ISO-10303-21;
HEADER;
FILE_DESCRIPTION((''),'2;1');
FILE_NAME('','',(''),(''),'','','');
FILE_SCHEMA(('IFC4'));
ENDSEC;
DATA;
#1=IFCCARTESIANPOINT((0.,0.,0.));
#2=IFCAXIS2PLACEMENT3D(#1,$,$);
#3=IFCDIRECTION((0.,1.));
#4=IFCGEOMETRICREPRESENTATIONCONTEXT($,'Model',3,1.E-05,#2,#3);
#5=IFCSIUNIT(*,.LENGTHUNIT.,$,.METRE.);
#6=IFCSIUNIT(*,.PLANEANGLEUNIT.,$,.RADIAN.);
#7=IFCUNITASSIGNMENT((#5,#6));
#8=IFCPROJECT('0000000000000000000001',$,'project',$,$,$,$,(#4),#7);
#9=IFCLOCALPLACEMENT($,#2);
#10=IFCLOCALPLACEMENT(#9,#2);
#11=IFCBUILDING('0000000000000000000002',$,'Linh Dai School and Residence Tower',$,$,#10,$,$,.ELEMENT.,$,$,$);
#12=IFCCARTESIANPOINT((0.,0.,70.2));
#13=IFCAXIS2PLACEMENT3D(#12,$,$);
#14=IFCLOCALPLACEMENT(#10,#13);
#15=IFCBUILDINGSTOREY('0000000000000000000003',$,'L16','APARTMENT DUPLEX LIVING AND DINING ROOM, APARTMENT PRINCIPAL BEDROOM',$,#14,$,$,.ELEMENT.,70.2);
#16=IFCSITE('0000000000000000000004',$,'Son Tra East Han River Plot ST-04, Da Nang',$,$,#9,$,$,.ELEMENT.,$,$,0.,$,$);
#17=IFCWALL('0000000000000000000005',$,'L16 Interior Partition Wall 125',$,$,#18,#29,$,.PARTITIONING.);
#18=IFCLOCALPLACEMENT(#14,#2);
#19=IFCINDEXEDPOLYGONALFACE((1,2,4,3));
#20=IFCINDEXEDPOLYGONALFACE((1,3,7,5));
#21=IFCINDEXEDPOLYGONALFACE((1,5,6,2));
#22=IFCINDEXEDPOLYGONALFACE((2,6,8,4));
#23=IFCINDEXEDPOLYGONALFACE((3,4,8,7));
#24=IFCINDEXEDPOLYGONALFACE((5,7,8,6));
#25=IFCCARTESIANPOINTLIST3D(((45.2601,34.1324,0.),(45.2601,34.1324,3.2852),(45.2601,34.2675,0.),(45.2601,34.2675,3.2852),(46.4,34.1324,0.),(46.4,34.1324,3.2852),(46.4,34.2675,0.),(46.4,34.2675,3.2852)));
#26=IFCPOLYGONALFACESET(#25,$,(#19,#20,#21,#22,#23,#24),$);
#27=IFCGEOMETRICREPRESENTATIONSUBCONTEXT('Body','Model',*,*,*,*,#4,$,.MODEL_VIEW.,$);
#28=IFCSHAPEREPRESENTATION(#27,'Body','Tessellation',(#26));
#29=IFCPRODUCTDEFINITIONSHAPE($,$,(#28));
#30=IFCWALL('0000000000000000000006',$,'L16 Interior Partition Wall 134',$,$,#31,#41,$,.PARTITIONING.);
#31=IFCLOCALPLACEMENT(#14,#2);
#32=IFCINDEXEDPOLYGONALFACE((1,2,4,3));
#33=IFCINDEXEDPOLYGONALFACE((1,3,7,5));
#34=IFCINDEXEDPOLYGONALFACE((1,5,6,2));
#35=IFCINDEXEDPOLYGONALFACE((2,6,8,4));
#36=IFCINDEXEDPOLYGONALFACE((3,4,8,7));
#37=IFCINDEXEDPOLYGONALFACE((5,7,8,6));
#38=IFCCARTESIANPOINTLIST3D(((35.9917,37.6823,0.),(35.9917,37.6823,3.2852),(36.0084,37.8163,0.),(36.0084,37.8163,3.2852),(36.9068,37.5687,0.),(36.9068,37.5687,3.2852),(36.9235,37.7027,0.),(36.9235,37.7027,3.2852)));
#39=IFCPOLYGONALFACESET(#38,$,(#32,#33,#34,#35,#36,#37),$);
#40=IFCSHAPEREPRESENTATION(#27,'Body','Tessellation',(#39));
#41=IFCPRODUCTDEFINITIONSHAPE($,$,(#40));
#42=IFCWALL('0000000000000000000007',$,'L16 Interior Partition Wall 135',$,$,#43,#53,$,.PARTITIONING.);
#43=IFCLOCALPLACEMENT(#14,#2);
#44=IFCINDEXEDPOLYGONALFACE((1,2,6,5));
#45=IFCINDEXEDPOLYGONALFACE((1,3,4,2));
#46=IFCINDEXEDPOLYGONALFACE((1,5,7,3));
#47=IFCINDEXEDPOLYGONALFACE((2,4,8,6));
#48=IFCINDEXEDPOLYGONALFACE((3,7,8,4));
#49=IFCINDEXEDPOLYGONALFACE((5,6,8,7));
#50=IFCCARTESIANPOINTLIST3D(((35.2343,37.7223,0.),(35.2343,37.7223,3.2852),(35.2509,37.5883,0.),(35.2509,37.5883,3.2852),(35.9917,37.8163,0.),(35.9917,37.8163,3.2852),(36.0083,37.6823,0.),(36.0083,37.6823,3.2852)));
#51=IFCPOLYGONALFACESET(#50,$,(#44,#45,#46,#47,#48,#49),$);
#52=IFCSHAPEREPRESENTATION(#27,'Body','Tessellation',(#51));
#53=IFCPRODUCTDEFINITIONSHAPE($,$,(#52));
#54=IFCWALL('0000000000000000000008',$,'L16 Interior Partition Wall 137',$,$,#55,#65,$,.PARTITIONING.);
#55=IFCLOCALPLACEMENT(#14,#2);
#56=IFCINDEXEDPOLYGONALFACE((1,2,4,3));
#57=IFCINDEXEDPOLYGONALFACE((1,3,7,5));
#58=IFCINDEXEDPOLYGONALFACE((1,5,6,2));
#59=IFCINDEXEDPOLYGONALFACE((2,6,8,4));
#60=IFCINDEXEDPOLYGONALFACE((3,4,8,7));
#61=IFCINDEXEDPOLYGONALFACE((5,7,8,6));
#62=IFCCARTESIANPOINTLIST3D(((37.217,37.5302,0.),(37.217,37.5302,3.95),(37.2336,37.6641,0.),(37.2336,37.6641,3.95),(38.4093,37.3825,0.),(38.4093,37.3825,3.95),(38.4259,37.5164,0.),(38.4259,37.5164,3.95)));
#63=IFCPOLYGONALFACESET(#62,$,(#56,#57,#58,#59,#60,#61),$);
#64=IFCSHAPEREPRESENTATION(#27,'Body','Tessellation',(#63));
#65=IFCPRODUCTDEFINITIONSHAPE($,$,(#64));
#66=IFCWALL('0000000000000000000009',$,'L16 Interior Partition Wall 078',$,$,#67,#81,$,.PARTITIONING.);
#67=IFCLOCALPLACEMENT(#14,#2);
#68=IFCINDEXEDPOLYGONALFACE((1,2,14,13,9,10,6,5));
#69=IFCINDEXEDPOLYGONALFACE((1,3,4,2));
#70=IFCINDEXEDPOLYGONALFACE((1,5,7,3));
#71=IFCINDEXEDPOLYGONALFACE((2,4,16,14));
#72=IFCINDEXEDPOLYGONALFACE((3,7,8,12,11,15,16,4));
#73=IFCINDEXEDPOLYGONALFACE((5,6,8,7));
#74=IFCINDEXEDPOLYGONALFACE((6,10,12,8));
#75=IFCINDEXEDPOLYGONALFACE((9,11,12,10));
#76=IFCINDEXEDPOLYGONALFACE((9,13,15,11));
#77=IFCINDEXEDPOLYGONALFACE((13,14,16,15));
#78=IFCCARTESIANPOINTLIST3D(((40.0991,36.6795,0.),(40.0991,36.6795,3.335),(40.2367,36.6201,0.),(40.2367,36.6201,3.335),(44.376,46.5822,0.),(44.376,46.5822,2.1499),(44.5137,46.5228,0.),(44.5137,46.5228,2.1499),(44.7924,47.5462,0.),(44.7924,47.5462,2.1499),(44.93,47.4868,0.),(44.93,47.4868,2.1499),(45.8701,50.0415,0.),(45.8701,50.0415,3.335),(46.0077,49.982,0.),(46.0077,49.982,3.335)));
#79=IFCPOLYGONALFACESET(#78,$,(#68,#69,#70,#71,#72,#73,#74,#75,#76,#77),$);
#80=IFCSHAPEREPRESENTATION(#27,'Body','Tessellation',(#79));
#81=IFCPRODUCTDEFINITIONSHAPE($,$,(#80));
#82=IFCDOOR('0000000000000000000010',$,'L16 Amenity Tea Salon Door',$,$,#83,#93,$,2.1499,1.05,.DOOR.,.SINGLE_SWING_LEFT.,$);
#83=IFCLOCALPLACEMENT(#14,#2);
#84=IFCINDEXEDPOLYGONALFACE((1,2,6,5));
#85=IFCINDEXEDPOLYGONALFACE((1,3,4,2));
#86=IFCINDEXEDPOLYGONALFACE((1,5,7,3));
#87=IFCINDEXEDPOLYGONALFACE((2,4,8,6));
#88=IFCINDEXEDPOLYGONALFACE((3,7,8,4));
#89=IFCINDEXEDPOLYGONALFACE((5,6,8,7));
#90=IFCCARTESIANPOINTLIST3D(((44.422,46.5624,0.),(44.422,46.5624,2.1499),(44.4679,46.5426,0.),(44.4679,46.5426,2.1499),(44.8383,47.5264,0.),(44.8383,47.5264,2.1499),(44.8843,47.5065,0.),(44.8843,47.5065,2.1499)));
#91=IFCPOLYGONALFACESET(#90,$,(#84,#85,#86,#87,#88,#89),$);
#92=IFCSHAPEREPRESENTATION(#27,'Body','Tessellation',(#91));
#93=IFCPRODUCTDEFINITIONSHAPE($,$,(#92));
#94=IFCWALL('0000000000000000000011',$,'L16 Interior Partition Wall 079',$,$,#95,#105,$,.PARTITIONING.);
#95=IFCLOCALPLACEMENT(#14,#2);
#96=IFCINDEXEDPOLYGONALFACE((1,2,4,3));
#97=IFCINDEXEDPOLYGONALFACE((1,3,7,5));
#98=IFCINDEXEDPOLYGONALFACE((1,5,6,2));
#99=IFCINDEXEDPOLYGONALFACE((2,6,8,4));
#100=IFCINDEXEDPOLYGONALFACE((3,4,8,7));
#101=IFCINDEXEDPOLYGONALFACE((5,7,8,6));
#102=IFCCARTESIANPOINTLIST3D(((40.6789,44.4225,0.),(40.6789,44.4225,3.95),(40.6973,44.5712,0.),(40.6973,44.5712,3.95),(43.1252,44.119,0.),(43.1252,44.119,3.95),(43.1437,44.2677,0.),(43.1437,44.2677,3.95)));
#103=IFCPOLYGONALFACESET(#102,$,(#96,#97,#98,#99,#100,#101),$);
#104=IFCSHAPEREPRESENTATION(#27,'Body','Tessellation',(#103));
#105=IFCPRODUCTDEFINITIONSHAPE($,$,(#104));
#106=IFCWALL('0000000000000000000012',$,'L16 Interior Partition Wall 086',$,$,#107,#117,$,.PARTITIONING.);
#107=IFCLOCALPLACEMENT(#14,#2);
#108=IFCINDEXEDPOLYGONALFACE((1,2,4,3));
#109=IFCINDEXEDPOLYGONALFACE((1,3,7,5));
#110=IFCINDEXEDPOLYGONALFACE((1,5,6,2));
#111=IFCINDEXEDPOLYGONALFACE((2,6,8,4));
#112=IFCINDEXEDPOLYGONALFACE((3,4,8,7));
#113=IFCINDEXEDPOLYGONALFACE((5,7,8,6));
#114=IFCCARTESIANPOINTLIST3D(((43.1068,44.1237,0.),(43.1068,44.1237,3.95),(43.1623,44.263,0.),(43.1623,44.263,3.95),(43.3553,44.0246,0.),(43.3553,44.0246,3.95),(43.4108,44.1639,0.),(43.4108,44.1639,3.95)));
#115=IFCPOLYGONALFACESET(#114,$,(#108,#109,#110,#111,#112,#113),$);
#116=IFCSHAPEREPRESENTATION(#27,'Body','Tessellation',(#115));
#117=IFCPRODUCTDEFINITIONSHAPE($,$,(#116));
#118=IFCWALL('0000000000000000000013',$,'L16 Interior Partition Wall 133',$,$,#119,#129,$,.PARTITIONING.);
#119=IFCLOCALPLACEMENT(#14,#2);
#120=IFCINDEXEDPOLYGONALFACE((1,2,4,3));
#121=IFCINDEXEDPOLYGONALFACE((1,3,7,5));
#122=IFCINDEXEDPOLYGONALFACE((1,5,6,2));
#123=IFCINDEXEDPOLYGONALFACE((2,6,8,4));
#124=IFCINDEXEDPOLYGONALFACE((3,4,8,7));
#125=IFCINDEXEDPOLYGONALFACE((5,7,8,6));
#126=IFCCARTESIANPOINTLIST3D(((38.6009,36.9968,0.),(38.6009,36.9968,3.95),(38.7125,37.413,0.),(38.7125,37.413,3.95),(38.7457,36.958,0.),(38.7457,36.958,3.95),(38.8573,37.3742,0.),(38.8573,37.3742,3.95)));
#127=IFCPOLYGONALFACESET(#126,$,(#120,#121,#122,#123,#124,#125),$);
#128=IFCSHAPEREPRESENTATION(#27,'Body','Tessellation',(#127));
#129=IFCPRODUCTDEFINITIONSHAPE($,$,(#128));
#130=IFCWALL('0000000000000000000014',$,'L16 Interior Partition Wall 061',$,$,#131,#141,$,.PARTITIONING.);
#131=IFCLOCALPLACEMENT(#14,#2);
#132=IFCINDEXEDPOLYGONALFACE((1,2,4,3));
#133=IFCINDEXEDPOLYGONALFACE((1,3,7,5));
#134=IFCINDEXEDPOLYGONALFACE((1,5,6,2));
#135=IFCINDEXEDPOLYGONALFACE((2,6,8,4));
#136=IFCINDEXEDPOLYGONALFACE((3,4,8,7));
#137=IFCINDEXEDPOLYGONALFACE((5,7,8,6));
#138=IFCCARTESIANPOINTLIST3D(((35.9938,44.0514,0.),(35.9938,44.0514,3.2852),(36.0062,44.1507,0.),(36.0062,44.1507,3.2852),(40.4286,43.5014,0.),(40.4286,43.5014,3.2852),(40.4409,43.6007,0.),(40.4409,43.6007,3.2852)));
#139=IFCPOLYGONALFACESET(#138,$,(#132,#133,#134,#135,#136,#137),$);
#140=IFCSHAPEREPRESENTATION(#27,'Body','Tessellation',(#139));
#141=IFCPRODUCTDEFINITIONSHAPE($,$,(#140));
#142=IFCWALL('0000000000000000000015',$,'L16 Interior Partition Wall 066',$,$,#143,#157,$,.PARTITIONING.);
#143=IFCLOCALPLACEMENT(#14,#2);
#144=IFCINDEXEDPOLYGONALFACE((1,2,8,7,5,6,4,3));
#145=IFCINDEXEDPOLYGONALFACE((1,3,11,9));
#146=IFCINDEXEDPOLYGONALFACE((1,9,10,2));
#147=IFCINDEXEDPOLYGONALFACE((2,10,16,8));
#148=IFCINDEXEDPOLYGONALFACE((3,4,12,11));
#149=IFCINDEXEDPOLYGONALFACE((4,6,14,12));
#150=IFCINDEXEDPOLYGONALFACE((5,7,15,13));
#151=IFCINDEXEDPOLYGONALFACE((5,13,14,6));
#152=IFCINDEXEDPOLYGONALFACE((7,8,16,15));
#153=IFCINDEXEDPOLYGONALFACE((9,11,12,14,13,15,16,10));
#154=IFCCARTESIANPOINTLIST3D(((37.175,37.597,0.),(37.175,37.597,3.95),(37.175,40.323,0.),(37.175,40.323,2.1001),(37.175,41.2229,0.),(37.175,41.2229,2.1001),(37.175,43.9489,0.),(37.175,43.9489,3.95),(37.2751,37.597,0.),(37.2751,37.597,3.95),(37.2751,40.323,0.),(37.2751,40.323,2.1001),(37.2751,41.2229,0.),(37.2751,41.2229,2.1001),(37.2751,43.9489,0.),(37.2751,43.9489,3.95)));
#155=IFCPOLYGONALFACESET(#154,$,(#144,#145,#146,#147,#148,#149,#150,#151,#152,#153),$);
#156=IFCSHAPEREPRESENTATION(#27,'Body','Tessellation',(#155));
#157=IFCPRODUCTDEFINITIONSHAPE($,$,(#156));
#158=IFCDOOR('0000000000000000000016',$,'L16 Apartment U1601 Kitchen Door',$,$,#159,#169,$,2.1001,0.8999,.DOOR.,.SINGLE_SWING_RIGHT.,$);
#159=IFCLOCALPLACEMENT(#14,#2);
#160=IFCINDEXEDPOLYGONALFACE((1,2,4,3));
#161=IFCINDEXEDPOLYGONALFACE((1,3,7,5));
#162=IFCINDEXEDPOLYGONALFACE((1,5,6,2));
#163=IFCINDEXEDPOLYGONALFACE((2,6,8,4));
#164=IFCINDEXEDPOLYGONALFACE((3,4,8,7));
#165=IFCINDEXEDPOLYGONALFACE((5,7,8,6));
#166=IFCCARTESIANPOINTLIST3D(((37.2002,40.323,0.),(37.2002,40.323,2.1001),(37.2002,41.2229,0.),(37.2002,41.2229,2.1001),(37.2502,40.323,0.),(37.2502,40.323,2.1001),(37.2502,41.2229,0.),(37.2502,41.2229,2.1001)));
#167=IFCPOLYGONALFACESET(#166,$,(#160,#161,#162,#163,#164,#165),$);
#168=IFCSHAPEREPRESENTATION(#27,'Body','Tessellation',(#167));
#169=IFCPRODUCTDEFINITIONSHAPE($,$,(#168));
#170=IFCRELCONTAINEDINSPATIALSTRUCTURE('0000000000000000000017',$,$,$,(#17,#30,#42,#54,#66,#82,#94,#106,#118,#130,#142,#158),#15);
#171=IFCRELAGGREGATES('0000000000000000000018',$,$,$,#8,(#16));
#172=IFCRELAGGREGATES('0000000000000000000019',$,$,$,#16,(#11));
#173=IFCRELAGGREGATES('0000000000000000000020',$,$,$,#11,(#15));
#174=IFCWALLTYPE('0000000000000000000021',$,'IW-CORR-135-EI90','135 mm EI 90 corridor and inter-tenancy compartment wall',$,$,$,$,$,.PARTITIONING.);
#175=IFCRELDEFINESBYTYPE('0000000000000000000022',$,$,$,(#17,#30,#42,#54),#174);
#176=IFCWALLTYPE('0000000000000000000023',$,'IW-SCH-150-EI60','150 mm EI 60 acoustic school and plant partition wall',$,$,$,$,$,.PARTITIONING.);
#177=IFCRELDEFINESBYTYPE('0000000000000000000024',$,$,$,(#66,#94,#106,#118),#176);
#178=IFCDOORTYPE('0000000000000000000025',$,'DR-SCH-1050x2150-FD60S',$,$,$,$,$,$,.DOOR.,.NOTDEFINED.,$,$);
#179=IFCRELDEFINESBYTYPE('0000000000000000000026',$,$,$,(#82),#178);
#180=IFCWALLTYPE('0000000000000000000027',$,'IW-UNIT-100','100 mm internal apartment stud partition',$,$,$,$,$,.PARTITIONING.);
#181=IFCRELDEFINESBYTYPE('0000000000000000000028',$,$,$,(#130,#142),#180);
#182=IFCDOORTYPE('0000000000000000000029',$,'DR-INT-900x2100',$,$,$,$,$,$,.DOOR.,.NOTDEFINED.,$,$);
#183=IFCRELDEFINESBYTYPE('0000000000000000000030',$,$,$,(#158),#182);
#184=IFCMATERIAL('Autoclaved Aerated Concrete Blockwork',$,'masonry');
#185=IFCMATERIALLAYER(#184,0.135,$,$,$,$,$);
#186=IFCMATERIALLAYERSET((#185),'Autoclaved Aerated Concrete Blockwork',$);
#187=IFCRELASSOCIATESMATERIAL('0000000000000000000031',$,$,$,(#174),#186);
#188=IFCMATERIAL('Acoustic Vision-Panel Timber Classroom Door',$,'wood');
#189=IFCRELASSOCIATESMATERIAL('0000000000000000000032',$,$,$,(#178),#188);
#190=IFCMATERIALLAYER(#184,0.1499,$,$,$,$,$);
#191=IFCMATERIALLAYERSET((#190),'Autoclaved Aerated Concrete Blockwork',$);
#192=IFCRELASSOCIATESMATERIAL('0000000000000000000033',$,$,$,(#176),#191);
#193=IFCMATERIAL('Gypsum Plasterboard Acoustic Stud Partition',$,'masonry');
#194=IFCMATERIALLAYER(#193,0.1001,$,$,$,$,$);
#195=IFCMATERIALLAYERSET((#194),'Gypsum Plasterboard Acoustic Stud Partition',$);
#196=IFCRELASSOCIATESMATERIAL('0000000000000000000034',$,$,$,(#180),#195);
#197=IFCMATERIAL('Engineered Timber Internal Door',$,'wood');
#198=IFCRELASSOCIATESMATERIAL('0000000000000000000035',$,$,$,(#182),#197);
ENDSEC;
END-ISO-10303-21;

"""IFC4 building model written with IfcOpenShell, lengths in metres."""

from ifc_helpers import new_model, si_unit, direction, frame, frame_2d, origin, origin_2d, place, context, subcontext, project, spatial, rectangle, extrude, source, transform, mapped, material, layer, layer_set, type_object, element, fill, save


model = new_model("IFC4")

# Units and contexts
model_context = context("Model", 3, precision=1e-05, world=origin(), true_north=direction((0.0, 1.0)))
body_context = subcontext(model_context, "Body", "Model", "MODEL_VIEW")
ifc_project = project(units=[si_unit("LENGTHUNIT", "METRE"), si_unit("PLANEANGLEUNIT", "RADIAN")], contexts=[model_context])

# Site, building, storey
site_placement = place(None, origin())
site = spatial("IfcSite", under=ifc_project, at=site_placement, Name="Son Tra East Han River Plot ST-04, Da Nang", CompositionType="ELEMENT", RefElevation=0.0)
building_placement = place(site_placement, origin())
building = spatial("IfcBuilding", under=site, at=building_placement, Name="Linh Dai School and Residence Tower", CompositionType="ELEMENT")
storey_placement = place(building_placement, frame((0.0, 0.0, 70.2)))
storey = spatial("IfcBuildingStorey", under=building, at=storey_placement, Name="L16", Description="APARTMENT DUPLEX LIVING AND DINING ROOM, APARTMENT PRINCIPAL BEDROOM", CompositionType="ELEMENT", Elevation=70.2)

# Shared definitions
ifc_material_1 = material(Name="Autoclaved Aerated Concrete Blockwork", Category="masonry")
ifc_layer_1 = layer(ifc_material_1, 0.135)
ifc_layer_set_1 = layer_set([ifc_layer_1], Name="Autoclaved Aerated Concrete Blockwork")
wall_type_1 = type_object("IfcWallType", Name="IW-CORR-135-EI90", Description="135 mm EI 90 corridor and inter-tenancy compartment wall", PredefinedType="PARTITIONING", material=ifc_layer_set_1)
ifc_material_2 = material(Name="Acoustic Vision-Panel Timber Classroom Door", Category="wood")
door_type_1 = type_object("IfcDoorType", Name="DR-SCH-1050x2150-FD60S", OperationType="NOTDEFINED", PredefinedType="DOOR", material=ifc_material_2)
shared_shape_1 = source(origin(), body_context, "Body", "SweptSolid", [
    extrude(rectangle(XDim=1.05, YDim=2.1499, at=origin_2d()), frame((0.5249, 0.0249, 1.075), z_axis=(0.0, -1.0, 0.0), x_axis=(1.0, 0.0, 0.0)), (0.0, 0.0, 1.0), 0.05),
])

# Walls
wall_1_placement = place(storey_placement, frame((46.3999, 34.2, 0.0), z_axis=(0.0, 0.0, 1.0), x_axis=(-1.0, 0.0, 0.0)))
element("IfcWall", 1, at=wall_1_placement, inside=storey, type_object=wall_type_1, Name="L16 Interior Partition Wall 125", PredefinedType="PARTITIONING", context=body_context, shape_type="SweptSolid", body=[
    extrude(rectangle(XDim=1.1399, YDim=0.135, at=frame_2d((0.5698, 0.0))), origin(), (0.0, 0.0, 1.0), 3.2852),
])
wall_2_placement = place(storey_placement, frame((36.915, 37.6357, 0.0), z_axis=(0.0, 0.0, 1.0), x_axis=(-0.992392, 0.123122, 0.0)))
element("IfcWall", 2, at=wall_2_placement, inside=storey, type_object=wall_type_1, Name="L16 Interior Partition Wall 134", PredefinedType="PARTITIONING", context=body_context, shape_type="SweptSolid", body=[
    extrude(rectangle(XDim=0.9221, YDim=0.135, at=frame_2d((0.4609, 0.0))), origin(), (0.0, 0.0, 1.0), 3.2852),
])
wall_3_placement = place(storey_placement, frame((36.0, 37.7493, 0.0), z_axis=(0.0, 0.0, 1.0), x_axis=(-0.992386, -0.123168, 0.0)))
element("IfcWall", 3, at=wall_3_placement, inside=storey, type_object=wall_type_1, Name="L16 Interior Partition Wall 135", PredefinedType="PARTITIONING", context=body_context, shape_type="SweptSolid", body=[
    extrude(rectangle(XDim=0.7632, YDim=0.135, at=frame_2d((0.3816, 0.0))), origin(), (0.0, 0.0, 1.0), 3.2852),
])
wall_4_placement = place(storey_placement, frame((38.4175, 37.4495, 0.0), z_axis=(0.0, 0.0, 1.0), x_axis=(-0.992415, 0.122934, 0.0)))
element("IfcWall", 4, at=wall_4_placement, inside=storey, type_object=wall_type_1, Name="L16 Interior Partition Wall 137", PredefinedType="PARTITIONING", context=body_context, shape_type="SweptSolid", body=[
    extrude(rectangle(XDim=1.2014, YDim=0.135, at=frame_2d((0.6006, 0.0))), origin(), (0.0, 0.0, 1.0), 3.95),
])

# Wall, opening, door
ifc_layer_2 = layer(ifc_material_1, 0.1499)
ifc_layer_set_2 = layer_set([ifc_layer_2], Name="Autoclaved Aerated Concrete Blockwork")
wall_type_2 = type_object("IfcWallType", Name="IW-SCH-150-EI60", Description="150 mm EI 60 acoustic school and plant partition wall", PredefinedType="PARTITIONING", material=ifc_layer_set_2)
wall_5_placement = place(storey_placement, frame((40.168, 36.6499, 0.0), z_axis=(0.0, 0.0, 1.0), x_axis=(0.396495, 0.918037, 0.0)))
wall_5 = element("IfcWall", 5, at=wall_5_placement, inside=storey, type_object=wall_type_2, Name="L16 Interior Partition Wall 078", PredefinedType="PARTITIONING", context=body_context, shape_type="SweptSolid", body=[
    extrude(rectangle(XDim=14.5549, YDim=0.1499, at=frame_2d((7.2773, 0.0))), origin(), (0.0, 0.0, 1.0), 3.335),
])
opening_1_placement = place(wall_5_placement, frame((10.7869, 0.0, 0.0)))
opening_1 = element("IfcOpeningElement", 6, at=opening_1_placement, cuts=wall_5, PredefinedType="OPENING", context=body_context, shape_type="SweptSolid", body=[
    extrude(rectangle(XDim=1.05, YDim=2.1499, at=origin_2d()), frame((0.5249, 0.085, 1.075), z_axis=(0.0, -1.0, 0.0), x_axis=(1.0, 0.0, 0.0)), (0.0, 0.0, 1.0), 0.1699),
])
door_1_placement = place(opening_1_placement, origin())
door_1 = element("IfcDoor", 7, at=door_1_placement, inside=storey, type_object=door_type_1, Name="L16 Amenity Tea Salon Door", OperationType="SINGLE_SWING_LEFT", OverallHeight=2.1499, OverallWidth=1.05, PredefinedType="DOOR", context=body_context, shape_type="MappedRepresentation", body=[
    mapped(shared_shape_1, transform((0.0, 0.0, 0.0), x_axis=(1.0, 0.0, 0.0), y_axis=(0.0, 1.0, 0.0), z_axis=(0.0, 0.0, 1.0), scale=1.0)),
])
fill(opening_1, door_1)

# Walls
wall_6_placement = place(storey_placement, frame((40.6882, 44.4968, 0.0), z_axis=(0.0, 0.0, 1.0), x_axis=(0.992393, -0.123108, 0.0)))
element("IfcWall", 8, at=wall_6_placement, inside=storey, type_object=wall_type_2, Name="L16 Interior Partition Wall 079", PredefinedType="PARTITIONING", context=body_context, shape_type="SweptSolid", body=[
    extrude(rectangle(XDim=2.4651, YDim=0.1499, at=frame_2d((1.2324, 0.0))), origin(), (0.0, 0.0, 1.0), 3.95),
])
wall_7_placement = place(storey_placement, frame((43.1345, 44.1934, 0.0), z_axis=(0.0, 0.0, 1.0), x_axis=(0.928854, -0.370447, 0.0)))
element("IfcWall", 9, at=wall_7_placement, inside=storey, type_object=wall_type_2, Name="L16 Interior Partition Wall 086", PredefinedType="PARTITIONING", context=body_context, shape_type="SweptSolid", body=[
    extrude(rectangle(XDim=0.2676, YDim=0.1499, at=frame_2d((0.1338, 0.0))), origin(), (0.0, 0.0, 1.0), 3.95),
])
wall_8_placement = place(storey_placement, frame((38.6733, 36.9775, 0.0), z_axis=(0.0, 0.0, 1.0), x_axis=(0.258897, 0.965905, 0.0)))
element("IfcWall", 10, at=wall_8_placement, inside=storey, type_object=wall_type_2, Name="L16 Interior Partition Wall 133", PredefinedType="PARTITIONING", context=body_context, shape_type="SweptSolid", body=[
    extrude(rectangle(XDim=0.4309, YDim=0.1499, at=frame_2d((0.2153, 0.0))), origin(), (0.0, 0.0, 1.0), 3.95),
])
ifc_material_3 = material(Name="Gypsum Plasterboard Acoustic Stud Partition", Category="masonry")
ifc_layer_3 = layer(ifc_material_3, 0.1001)
ifc_layer_set_3 = layer_set([ifc_layer_3], Name="Gypsum Plasterboard Acoustic Stud Partition")
wall_type_3 = type_object("IfcWallType", Name="IW-UNIT-100", Description="100 mm internal apartment stud partition", PredefinedType="PARTITIONING", material=ifc_layer_set_3)
wall_9_placement = place(storey_placement, frame((36.0, 44.1011, 0.0), z_axis=(0.0, 0.0, 1.0), x_axis=(0.992396, -0.123087, 0.0)))
element("IfcWall", 11, at=wall_9_placement, inside=storey, type_object=wall_type_3, Name="L16 Interior Partition Wall 061", PredefinedType="PARTITIONING", context=body_context, shape_type="SweptSolid", body=[
    extrude(rectangle(XDim=4.4688, YDim=0.1001, at=frame_2d((2.2344, 0.0))), origin(), (0.0, 0.0, 1.0), 3.2852),
])

# Wall, opening, door
wall_10_placement = place(storey_placement, frame((37.2251, 37.5972, 0.0), z_axis=(0.0, 0.0, 1.0), x_axis=(0.0, 1.0, 0.0)))
wall_10 = element("IfcWall", 12, at=wall_10_placement, inside=storey, type_object=wall_type_3, Name="L16 Interior Partition Wall 066", PredefinedType="PARTITIONING", context=body_context, shape_type="SweptSolid", body=[
    extrude(rectangle(XDim=6.3518, YDim=0.1001, at=frame_2d((3.1758, 0.0))), origin(), (0.0, 0.0, 1.0), 3.95),
])
opening_2_placement = place(wall_10_placement, frame((2.7258, 0.0, 0.0)))
opening_2 = element("IfcOpeningElement", 13, at=opening_2_placement, cuts=wall_10, PredefinedType="OPENING", context=body_context, shape_type="SweptSolid", body=[
    extrude(rectangle(XDim=0.8999, YDim=2.1001, at=origin_2d()), frame((0.45, 0.0601, 1.05), z_axis=(0.0, -1.0, 0.0), x_axis=(1.0, 0.0, 0.0)), (0.0, 0.0, 1.0), 0.1201),
])
ifc_material_4 = material(Name="Engineered Timber Internal Door", Category="wood")
door_type_2 = type_object("IfcDoorType", Name="DR-INT-900x2100", OperationType="NOTDEFINED", PredefinedType="DOOR", material=ifc_material_4)
shared_shape_2 = source(origin(), body_context, "Body", "SweptSolid", [
    extrude(rectangle(XDim=0.8999, YDim=2.1001, at=origin_2d()), frame((0.45, 0.0249, 1.05), z_axis=(0.0, -1.0, 0.0), x_axis=(1.0, 0.0, 0.0)), (0.0, 0.0, 1.0), 0.05),
])
door_2_placement = place(opening_2_placement, origin())
door_2 = element("IfcDoor", 14, at=door_2_placement, inside=storey, type_object=door_type_2, Name="L16 Apartment U1601 Kitchen Door", OperationType="SINGLE_SWING_RIGHT", OverallHeight=2.1001, OverallWidth=0.8999, PredefinedType="DOOR", context=body_context, shape_type="MappedRepresentation", body=[
    mapped(shared_shape_2, transform((0.0, 0.0, 0.0), x_axis=(1.0, 0.0, 0.0), y_axis=(0.0, 1.0, 0.0), z_axis=(0.0, 0.0, 1.0), scale=1.0)),
])
fill(opening_2, door_2)

save(model, "model.ifc")
